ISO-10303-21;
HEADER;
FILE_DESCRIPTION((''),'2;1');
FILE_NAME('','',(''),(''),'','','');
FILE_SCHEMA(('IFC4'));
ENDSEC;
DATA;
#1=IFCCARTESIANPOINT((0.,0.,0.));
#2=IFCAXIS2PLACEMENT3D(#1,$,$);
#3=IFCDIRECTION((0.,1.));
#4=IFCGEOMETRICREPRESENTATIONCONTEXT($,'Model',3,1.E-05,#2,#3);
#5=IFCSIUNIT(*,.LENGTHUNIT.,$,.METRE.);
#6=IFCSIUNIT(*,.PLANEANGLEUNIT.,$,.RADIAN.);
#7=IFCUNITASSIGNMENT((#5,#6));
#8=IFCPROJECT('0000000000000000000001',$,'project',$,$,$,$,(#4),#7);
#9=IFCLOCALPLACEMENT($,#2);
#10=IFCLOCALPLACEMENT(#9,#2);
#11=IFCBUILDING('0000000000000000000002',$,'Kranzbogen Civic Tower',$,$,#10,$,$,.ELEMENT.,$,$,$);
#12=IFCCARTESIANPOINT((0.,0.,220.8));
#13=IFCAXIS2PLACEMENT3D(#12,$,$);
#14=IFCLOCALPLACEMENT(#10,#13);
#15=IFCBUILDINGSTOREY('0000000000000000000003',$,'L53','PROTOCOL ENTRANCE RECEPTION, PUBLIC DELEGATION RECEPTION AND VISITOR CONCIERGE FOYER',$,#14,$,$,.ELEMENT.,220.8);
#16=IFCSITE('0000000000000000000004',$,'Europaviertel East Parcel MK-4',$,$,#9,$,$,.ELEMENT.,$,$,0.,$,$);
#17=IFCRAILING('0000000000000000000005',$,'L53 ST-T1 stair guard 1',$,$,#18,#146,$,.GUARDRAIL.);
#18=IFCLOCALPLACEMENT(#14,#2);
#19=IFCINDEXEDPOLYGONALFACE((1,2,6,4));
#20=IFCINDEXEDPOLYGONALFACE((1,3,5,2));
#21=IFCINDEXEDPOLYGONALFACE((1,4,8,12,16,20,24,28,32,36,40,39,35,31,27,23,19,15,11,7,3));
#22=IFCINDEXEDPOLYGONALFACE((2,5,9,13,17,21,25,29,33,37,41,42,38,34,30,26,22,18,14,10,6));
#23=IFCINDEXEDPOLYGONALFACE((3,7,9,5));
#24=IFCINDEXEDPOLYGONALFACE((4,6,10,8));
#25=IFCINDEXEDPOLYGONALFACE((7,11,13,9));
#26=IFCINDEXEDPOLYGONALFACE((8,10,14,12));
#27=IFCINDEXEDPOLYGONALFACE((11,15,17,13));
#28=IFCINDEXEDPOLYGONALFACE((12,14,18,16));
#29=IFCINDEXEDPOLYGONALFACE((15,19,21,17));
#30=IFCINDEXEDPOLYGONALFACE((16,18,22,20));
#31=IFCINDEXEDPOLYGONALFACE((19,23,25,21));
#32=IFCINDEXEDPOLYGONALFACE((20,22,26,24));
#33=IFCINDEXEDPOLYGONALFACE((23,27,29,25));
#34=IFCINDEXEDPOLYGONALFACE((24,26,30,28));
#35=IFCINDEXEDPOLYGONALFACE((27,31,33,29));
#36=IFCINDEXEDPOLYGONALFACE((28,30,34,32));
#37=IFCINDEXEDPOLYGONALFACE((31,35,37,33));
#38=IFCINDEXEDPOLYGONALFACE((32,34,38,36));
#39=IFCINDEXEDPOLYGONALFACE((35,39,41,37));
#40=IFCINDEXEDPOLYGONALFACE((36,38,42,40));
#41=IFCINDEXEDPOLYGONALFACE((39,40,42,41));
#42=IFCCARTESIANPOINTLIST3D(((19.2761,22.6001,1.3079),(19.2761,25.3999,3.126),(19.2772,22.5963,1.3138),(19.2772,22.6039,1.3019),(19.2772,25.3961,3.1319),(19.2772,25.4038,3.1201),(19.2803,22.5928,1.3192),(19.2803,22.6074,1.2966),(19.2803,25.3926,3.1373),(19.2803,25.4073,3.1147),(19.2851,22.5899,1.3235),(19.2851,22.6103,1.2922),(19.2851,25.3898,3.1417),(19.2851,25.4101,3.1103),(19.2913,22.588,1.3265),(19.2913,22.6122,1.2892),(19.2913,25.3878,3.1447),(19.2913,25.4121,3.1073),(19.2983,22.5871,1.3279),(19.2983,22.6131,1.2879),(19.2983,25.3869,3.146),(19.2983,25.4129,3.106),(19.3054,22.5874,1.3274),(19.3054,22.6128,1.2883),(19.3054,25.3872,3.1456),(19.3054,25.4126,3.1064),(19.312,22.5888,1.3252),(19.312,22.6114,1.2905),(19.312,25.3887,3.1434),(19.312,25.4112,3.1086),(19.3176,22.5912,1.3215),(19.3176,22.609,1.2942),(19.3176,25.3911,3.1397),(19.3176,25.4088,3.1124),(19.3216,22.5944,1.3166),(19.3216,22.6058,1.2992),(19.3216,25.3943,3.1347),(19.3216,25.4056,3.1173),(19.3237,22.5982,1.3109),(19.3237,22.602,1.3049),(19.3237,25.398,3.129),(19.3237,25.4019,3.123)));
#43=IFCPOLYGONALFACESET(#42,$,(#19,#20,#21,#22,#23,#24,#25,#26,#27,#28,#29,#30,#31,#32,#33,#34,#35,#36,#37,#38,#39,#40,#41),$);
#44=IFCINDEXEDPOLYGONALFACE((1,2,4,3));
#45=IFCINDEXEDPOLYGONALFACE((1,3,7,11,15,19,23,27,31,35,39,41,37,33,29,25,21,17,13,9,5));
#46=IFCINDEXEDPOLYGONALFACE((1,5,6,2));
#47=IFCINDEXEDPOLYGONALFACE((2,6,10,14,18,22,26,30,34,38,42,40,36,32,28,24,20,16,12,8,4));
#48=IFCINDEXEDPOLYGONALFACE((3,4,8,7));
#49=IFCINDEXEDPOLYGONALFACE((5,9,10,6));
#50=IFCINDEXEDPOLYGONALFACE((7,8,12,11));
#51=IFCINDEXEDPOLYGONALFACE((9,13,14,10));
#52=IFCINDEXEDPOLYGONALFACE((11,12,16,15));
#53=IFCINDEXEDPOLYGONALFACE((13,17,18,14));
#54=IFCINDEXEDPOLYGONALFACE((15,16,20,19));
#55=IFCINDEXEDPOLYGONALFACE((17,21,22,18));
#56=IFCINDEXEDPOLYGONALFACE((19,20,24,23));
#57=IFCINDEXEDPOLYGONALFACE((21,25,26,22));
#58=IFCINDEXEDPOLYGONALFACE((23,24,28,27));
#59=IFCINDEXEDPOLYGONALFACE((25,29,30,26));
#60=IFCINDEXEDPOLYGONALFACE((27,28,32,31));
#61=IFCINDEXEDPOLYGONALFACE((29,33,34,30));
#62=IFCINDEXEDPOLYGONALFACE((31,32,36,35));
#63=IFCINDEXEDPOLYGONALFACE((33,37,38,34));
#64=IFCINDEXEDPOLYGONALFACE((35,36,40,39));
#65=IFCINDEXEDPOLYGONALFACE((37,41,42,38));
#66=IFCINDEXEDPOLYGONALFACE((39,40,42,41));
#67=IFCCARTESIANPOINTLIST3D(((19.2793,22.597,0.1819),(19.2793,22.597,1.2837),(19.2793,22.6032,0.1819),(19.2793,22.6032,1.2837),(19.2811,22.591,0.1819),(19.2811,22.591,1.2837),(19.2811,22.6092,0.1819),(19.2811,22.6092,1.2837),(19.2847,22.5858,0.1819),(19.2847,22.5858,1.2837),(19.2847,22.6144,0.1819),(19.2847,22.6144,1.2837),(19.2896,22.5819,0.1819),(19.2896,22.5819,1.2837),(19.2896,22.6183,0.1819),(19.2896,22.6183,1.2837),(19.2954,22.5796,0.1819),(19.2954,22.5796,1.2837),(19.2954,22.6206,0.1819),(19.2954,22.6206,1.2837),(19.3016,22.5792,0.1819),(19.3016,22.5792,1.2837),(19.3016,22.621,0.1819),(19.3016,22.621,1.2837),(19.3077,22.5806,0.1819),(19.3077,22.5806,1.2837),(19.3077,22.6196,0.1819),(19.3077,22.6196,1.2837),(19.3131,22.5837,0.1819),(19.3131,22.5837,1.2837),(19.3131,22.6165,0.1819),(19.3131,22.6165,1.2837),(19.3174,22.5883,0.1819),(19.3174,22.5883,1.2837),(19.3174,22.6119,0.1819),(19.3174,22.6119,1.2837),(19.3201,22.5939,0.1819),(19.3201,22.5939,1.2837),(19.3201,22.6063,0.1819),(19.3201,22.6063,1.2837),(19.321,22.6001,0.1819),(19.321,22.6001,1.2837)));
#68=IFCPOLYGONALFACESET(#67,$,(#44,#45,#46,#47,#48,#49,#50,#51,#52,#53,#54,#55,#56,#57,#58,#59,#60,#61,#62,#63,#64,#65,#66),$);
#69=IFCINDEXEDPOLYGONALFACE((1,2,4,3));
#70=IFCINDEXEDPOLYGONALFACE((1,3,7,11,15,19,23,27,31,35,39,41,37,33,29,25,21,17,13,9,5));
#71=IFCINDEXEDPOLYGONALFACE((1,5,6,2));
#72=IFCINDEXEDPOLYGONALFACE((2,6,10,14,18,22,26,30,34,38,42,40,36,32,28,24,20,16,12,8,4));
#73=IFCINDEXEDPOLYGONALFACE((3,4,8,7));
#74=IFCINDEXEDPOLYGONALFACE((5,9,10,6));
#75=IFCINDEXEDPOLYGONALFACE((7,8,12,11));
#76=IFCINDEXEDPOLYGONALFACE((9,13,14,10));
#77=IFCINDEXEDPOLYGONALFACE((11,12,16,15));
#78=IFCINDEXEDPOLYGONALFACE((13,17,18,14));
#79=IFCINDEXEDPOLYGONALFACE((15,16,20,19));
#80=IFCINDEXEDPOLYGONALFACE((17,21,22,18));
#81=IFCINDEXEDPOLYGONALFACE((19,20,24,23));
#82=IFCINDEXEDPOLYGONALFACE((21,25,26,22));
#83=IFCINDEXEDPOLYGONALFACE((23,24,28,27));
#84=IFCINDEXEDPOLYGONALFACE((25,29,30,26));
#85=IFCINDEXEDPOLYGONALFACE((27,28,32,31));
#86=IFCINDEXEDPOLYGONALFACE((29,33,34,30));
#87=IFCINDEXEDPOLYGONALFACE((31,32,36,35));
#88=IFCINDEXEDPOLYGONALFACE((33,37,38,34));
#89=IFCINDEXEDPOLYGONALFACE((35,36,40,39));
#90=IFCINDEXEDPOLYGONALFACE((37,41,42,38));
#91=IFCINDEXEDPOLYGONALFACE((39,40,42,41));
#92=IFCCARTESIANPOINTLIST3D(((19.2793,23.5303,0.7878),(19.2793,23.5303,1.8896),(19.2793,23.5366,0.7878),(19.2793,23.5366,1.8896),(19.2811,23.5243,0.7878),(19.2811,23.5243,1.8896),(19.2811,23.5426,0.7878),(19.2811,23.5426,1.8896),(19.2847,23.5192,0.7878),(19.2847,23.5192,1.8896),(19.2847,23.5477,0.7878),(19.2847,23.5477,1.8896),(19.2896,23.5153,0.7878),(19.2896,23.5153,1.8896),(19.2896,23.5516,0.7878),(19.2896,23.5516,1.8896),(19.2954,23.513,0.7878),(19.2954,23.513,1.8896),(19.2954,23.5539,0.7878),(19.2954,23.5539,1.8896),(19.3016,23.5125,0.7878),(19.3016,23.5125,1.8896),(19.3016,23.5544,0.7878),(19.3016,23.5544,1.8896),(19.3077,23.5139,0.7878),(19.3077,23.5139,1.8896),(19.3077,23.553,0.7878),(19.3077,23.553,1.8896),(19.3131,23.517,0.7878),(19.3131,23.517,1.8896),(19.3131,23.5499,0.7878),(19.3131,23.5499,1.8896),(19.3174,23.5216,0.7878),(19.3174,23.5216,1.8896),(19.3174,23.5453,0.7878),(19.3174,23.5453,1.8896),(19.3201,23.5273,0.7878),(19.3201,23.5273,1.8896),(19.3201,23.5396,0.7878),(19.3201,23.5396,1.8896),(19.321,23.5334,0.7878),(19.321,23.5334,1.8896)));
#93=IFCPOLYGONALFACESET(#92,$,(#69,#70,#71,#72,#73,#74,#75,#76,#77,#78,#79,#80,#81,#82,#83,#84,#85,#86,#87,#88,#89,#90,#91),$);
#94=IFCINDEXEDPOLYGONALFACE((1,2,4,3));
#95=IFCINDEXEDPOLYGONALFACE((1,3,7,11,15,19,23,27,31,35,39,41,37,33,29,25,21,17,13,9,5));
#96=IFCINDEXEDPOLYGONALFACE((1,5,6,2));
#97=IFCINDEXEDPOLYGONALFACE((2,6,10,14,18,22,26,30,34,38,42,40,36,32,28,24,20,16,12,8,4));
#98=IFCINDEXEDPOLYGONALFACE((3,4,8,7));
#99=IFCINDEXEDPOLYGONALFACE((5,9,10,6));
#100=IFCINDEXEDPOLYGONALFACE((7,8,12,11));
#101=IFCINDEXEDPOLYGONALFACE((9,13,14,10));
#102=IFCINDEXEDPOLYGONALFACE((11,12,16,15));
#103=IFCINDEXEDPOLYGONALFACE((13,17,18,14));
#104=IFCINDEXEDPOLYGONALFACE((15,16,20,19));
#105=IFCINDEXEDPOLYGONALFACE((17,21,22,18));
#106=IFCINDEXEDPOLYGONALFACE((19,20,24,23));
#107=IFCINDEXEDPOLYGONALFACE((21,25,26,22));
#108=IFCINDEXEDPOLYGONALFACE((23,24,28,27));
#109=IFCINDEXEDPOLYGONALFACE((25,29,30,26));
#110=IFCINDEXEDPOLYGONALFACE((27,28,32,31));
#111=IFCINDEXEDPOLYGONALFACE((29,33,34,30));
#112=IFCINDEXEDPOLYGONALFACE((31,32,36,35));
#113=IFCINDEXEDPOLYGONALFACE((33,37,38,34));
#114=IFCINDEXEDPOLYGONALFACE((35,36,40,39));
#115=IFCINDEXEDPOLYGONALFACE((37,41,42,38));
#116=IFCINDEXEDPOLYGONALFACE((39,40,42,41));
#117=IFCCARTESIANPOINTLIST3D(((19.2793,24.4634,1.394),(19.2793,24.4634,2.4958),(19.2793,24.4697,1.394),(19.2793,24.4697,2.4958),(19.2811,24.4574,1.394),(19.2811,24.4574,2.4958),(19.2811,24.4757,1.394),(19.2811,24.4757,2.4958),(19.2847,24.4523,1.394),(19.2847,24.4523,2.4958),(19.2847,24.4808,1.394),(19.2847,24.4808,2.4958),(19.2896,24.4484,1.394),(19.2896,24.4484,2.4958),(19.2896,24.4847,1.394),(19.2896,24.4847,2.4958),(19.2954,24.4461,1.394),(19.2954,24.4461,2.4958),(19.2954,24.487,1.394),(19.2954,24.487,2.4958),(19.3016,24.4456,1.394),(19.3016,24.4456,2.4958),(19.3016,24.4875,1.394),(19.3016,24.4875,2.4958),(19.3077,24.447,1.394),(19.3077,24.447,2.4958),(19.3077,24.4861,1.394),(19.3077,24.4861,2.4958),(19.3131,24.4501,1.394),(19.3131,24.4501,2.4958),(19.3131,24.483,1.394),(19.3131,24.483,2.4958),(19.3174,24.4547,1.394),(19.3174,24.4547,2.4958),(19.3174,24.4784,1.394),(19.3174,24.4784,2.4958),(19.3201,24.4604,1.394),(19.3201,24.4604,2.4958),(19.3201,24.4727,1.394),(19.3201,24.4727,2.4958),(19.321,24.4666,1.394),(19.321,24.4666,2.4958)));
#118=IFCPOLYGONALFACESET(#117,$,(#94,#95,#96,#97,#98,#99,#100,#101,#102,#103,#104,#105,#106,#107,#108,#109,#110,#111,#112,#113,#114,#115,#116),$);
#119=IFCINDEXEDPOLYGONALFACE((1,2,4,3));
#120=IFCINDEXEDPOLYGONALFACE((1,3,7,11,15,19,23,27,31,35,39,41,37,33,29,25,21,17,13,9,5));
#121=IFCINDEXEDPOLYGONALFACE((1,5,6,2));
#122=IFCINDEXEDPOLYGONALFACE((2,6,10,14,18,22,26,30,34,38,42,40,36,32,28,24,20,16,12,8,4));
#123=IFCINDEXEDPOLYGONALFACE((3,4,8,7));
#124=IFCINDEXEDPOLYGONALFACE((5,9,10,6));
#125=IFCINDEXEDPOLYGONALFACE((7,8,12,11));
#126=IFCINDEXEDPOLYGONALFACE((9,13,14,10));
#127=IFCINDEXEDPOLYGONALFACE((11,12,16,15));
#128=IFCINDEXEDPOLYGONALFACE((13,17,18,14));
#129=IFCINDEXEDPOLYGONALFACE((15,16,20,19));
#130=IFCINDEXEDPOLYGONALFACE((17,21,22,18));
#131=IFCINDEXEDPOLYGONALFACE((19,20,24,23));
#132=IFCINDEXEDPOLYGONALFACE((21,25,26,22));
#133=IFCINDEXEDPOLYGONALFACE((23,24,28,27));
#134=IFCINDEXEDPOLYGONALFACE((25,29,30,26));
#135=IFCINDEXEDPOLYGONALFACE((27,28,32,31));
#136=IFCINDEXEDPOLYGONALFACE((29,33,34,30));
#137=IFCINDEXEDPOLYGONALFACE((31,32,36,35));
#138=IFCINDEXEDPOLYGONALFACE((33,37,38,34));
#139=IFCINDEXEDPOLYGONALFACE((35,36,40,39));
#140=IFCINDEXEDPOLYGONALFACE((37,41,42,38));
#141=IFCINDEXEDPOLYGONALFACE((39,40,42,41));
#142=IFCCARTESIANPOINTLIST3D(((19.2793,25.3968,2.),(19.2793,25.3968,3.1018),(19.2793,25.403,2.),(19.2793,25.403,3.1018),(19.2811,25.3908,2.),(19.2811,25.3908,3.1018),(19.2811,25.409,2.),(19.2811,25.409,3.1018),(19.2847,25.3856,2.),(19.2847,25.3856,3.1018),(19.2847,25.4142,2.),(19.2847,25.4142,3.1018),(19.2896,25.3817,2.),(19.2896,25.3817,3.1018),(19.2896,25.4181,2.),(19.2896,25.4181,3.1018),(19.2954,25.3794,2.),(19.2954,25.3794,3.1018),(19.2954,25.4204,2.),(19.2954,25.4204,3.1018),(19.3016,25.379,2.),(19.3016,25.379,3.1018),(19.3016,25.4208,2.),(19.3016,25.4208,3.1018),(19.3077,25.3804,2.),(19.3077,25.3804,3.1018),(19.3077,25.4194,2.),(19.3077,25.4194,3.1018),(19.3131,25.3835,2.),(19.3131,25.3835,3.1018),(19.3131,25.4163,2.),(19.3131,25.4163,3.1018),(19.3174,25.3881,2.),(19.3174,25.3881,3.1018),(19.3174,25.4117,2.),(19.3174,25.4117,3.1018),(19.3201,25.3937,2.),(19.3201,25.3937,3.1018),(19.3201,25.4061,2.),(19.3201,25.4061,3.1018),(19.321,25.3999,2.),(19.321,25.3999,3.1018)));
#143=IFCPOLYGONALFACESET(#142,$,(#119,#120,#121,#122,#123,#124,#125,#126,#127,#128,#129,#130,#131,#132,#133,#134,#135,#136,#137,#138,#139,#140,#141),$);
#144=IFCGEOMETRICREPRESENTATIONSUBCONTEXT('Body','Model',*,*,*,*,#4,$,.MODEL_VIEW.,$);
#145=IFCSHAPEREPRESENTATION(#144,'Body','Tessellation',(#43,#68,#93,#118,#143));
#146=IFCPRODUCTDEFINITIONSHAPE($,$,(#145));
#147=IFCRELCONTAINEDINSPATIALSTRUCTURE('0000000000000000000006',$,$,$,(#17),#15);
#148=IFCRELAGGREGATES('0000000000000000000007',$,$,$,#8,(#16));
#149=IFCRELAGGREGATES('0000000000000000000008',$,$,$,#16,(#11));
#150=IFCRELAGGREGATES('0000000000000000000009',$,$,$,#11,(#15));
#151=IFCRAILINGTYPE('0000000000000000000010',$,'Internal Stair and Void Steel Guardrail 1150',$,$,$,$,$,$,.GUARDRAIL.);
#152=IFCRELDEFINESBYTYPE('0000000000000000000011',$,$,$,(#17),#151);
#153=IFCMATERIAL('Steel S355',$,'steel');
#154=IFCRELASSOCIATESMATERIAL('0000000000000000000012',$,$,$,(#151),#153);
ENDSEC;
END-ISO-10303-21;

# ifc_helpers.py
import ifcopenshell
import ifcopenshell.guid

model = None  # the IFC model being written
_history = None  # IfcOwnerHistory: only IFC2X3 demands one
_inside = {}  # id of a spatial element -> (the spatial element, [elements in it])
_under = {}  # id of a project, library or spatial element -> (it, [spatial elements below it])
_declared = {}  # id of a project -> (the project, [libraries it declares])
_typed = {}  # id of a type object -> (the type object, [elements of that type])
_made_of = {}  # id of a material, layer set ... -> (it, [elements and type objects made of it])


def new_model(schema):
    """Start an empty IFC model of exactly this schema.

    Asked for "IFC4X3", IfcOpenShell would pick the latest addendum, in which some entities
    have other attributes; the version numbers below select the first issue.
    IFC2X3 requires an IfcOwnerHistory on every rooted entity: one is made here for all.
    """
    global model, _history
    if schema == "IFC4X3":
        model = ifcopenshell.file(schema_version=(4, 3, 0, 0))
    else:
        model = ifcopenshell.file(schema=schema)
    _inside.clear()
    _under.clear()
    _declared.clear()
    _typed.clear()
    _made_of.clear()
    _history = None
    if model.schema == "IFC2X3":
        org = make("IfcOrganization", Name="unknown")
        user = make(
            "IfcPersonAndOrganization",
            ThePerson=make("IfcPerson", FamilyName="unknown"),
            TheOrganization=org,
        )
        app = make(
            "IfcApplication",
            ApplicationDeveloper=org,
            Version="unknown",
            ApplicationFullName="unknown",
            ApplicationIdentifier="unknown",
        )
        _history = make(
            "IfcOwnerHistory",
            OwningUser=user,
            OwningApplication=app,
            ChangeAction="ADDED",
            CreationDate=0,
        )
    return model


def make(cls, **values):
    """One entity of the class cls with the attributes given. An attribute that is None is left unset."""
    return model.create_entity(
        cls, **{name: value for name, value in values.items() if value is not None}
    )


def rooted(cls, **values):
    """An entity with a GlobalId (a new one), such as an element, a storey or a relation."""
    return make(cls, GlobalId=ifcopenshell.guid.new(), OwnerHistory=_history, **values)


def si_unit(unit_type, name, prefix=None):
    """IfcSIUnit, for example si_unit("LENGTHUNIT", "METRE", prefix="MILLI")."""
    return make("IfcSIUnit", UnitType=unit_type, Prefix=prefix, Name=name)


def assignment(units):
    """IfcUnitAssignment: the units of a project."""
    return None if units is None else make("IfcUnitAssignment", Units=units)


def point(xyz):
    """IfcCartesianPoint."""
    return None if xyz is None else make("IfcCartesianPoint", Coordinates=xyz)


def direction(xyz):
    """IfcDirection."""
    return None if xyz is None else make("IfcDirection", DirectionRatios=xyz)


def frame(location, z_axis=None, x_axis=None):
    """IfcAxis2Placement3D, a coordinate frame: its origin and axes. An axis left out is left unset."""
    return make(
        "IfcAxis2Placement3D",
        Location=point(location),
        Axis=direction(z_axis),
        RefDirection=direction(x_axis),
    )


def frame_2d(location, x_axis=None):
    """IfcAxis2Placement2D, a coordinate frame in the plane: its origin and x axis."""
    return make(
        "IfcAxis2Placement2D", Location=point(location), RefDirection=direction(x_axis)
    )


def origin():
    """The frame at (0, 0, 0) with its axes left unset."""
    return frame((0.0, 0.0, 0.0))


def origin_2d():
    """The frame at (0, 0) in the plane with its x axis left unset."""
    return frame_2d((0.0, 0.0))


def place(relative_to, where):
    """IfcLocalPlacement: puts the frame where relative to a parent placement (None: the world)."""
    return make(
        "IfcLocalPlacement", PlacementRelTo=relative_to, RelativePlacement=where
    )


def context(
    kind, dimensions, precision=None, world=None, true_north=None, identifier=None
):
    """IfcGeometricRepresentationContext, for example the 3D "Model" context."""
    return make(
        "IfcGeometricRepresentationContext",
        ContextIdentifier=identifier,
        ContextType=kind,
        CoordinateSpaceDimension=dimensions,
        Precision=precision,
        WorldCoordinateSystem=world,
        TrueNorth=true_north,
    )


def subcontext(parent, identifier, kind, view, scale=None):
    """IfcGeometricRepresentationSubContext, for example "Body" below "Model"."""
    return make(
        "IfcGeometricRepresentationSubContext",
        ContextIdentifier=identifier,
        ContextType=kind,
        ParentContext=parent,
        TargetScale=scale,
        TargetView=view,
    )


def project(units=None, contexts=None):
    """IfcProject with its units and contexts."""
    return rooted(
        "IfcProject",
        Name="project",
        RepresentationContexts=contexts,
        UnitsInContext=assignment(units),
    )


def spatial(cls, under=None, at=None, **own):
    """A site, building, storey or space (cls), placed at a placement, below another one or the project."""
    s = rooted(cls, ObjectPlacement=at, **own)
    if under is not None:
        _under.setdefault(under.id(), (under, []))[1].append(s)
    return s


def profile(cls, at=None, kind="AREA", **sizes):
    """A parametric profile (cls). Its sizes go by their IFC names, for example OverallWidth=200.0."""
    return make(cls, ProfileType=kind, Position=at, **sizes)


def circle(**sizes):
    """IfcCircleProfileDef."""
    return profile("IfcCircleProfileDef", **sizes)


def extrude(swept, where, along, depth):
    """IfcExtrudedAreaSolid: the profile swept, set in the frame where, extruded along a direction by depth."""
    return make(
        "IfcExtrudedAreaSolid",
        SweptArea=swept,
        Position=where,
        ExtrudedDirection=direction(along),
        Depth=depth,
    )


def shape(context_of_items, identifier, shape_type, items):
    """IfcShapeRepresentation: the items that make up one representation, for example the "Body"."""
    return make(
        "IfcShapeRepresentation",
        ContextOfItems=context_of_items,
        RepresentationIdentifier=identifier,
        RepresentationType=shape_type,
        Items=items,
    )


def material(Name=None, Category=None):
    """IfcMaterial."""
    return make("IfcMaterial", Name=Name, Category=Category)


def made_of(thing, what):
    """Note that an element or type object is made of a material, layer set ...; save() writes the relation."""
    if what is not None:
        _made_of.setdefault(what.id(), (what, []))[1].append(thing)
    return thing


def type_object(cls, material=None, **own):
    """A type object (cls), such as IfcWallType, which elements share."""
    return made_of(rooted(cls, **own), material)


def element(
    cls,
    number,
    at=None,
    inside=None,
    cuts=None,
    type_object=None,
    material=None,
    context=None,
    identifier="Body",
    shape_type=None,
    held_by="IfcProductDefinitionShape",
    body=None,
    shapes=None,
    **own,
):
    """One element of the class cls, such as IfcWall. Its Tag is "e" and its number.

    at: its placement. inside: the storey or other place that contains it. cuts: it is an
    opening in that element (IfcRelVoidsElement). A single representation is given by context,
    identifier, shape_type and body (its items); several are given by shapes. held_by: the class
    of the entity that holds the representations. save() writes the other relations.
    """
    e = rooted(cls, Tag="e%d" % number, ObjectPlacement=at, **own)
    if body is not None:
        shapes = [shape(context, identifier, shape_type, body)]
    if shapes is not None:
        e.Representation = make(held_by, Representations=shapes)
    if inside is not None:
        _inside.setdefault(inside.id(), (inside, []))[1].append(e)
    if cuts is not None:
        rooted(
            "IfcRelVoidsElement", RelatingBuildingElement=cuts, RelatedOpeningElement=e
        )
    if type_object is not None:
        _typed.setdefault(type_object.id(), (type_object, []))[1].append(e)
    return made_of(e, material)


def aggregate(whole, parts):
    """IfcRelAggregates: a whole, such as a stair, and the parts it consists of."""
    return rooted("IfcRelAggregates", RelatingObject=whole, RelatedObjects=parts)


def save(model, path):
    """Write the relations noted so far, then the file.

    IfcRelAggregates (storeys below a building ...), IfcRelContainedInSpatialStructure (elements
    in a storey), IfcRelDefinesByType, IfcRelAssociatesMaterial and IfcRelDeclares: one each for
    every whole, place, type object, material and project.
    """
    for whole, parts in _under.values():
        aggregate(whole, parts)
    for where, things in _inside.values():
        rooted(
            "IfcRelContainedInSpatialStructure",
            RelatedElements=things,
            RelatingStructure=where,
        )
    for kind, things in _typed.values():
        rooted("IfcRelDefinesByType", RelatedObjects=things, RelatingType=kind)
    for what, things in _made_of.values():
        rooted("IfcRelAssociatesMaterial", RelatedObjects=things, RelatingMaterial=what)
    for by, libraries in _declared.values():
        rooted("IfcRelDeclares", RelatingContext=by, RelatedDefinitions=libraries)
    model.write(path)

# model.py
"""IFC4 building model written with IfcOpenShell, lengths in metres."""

from ifc_helpers import new_model, si_unit, direction, frame, origin, origin_2d, place, context, subcontext, project, spatial, circle, extrude, material, type_object, element, save


model = new_model("IFC4")

# Units and contexts
model_context = context("Model", 3, precision=1e-05, world=origin(), true_north=direction((0.0, 1.0)))
body_context = subcontext(model_context, "Body", "Model", "MODEL_VIEW")
ifc_project = project(units=[si_unit("LENGTHUNIT", "METRE"), si_unit("PLANEANGLEUNIT", "RADIAN")], contexts=[model_context])

# Site, building, storey
site_placement = place(None, origin())
site = spatial("IfcSite", under=ifc_project, at=site_placement, Name="Europaviertel East Parcel MK-4", CompositionType="ELEMENT", RefElevation=0.0)
building_placement = place(site_placement, origin())
building = spatial("IfcBuilding", under=site, at=building_placement, Name="Kranzbogen Civic Tower", CompositionType="ELEMENT")
storey_placement = place(building_placement, frame((0.0, 0.0, 220.8)))
storey = spatial("IfcBuildingStorey", under=building, at=storey_placement, Name="L53", Description="PROTOCOL ENTRANCE RECEPTION, PUBLIC DELEGATION RECEPTION AND VISITOR CONCIERGE FOYER", CompositionType="ELEMENT", Elevation=220.8)

# Shared definitions
ifc_material_1 = material(Name="Steel S355", Category="steel")

# Railing
railing_type_1 = type_object("IfcRailingType", Name="Internal Stair and Void Steel Guardrail 1150", PredefinedType="GUARDRAIL", material=ifc_material_1)
railing_1_placement = place(storey_placement, frame((19.3, 22.6001, 0.1819)))
element("IfcRailing", 1, at=railing_1_placement, inside=storey, type_object=railing_type_1, Name="L53 ST-T1 stair guard 1", PredefinedType="GUARDRAIL", context=body_context, shape_type="SweptSolid", body=[
    extrude(circle(Radius=0.0239, at=origin_2d()), frame((0.0, 0.0, 1.126), z_axis=(0.0, 0.838684, 0.544618), x_axis=(-1.0, 0.0, 0.0)), (0.0, 0.0, 1.0), 3.3384),
    extrude(circle(Radius=0.021, at=origin_2d()), origin(), (0.0, 0.0, 1.0), 1.1018),
    extrude(circle(Radius=0.021, at=origin_2d()), frame((0.0, 0.9333, 0.606)), (0.0, 0.0, 1.0), 1.1018),
    extrude(circle(Radius=0.021, at=origin_2d()), frame((0.0, 1.8665, 1.2122)), (0.0, 0.0, 1.0), 1.1018),
    extrude(circle(Radius=0.021, at=origin_2d()), frame((0.0, 2.7998, 1.8181)), (0.0, 0.0, 1.0), 1.1018),
])

save(model, "model.ifc")
